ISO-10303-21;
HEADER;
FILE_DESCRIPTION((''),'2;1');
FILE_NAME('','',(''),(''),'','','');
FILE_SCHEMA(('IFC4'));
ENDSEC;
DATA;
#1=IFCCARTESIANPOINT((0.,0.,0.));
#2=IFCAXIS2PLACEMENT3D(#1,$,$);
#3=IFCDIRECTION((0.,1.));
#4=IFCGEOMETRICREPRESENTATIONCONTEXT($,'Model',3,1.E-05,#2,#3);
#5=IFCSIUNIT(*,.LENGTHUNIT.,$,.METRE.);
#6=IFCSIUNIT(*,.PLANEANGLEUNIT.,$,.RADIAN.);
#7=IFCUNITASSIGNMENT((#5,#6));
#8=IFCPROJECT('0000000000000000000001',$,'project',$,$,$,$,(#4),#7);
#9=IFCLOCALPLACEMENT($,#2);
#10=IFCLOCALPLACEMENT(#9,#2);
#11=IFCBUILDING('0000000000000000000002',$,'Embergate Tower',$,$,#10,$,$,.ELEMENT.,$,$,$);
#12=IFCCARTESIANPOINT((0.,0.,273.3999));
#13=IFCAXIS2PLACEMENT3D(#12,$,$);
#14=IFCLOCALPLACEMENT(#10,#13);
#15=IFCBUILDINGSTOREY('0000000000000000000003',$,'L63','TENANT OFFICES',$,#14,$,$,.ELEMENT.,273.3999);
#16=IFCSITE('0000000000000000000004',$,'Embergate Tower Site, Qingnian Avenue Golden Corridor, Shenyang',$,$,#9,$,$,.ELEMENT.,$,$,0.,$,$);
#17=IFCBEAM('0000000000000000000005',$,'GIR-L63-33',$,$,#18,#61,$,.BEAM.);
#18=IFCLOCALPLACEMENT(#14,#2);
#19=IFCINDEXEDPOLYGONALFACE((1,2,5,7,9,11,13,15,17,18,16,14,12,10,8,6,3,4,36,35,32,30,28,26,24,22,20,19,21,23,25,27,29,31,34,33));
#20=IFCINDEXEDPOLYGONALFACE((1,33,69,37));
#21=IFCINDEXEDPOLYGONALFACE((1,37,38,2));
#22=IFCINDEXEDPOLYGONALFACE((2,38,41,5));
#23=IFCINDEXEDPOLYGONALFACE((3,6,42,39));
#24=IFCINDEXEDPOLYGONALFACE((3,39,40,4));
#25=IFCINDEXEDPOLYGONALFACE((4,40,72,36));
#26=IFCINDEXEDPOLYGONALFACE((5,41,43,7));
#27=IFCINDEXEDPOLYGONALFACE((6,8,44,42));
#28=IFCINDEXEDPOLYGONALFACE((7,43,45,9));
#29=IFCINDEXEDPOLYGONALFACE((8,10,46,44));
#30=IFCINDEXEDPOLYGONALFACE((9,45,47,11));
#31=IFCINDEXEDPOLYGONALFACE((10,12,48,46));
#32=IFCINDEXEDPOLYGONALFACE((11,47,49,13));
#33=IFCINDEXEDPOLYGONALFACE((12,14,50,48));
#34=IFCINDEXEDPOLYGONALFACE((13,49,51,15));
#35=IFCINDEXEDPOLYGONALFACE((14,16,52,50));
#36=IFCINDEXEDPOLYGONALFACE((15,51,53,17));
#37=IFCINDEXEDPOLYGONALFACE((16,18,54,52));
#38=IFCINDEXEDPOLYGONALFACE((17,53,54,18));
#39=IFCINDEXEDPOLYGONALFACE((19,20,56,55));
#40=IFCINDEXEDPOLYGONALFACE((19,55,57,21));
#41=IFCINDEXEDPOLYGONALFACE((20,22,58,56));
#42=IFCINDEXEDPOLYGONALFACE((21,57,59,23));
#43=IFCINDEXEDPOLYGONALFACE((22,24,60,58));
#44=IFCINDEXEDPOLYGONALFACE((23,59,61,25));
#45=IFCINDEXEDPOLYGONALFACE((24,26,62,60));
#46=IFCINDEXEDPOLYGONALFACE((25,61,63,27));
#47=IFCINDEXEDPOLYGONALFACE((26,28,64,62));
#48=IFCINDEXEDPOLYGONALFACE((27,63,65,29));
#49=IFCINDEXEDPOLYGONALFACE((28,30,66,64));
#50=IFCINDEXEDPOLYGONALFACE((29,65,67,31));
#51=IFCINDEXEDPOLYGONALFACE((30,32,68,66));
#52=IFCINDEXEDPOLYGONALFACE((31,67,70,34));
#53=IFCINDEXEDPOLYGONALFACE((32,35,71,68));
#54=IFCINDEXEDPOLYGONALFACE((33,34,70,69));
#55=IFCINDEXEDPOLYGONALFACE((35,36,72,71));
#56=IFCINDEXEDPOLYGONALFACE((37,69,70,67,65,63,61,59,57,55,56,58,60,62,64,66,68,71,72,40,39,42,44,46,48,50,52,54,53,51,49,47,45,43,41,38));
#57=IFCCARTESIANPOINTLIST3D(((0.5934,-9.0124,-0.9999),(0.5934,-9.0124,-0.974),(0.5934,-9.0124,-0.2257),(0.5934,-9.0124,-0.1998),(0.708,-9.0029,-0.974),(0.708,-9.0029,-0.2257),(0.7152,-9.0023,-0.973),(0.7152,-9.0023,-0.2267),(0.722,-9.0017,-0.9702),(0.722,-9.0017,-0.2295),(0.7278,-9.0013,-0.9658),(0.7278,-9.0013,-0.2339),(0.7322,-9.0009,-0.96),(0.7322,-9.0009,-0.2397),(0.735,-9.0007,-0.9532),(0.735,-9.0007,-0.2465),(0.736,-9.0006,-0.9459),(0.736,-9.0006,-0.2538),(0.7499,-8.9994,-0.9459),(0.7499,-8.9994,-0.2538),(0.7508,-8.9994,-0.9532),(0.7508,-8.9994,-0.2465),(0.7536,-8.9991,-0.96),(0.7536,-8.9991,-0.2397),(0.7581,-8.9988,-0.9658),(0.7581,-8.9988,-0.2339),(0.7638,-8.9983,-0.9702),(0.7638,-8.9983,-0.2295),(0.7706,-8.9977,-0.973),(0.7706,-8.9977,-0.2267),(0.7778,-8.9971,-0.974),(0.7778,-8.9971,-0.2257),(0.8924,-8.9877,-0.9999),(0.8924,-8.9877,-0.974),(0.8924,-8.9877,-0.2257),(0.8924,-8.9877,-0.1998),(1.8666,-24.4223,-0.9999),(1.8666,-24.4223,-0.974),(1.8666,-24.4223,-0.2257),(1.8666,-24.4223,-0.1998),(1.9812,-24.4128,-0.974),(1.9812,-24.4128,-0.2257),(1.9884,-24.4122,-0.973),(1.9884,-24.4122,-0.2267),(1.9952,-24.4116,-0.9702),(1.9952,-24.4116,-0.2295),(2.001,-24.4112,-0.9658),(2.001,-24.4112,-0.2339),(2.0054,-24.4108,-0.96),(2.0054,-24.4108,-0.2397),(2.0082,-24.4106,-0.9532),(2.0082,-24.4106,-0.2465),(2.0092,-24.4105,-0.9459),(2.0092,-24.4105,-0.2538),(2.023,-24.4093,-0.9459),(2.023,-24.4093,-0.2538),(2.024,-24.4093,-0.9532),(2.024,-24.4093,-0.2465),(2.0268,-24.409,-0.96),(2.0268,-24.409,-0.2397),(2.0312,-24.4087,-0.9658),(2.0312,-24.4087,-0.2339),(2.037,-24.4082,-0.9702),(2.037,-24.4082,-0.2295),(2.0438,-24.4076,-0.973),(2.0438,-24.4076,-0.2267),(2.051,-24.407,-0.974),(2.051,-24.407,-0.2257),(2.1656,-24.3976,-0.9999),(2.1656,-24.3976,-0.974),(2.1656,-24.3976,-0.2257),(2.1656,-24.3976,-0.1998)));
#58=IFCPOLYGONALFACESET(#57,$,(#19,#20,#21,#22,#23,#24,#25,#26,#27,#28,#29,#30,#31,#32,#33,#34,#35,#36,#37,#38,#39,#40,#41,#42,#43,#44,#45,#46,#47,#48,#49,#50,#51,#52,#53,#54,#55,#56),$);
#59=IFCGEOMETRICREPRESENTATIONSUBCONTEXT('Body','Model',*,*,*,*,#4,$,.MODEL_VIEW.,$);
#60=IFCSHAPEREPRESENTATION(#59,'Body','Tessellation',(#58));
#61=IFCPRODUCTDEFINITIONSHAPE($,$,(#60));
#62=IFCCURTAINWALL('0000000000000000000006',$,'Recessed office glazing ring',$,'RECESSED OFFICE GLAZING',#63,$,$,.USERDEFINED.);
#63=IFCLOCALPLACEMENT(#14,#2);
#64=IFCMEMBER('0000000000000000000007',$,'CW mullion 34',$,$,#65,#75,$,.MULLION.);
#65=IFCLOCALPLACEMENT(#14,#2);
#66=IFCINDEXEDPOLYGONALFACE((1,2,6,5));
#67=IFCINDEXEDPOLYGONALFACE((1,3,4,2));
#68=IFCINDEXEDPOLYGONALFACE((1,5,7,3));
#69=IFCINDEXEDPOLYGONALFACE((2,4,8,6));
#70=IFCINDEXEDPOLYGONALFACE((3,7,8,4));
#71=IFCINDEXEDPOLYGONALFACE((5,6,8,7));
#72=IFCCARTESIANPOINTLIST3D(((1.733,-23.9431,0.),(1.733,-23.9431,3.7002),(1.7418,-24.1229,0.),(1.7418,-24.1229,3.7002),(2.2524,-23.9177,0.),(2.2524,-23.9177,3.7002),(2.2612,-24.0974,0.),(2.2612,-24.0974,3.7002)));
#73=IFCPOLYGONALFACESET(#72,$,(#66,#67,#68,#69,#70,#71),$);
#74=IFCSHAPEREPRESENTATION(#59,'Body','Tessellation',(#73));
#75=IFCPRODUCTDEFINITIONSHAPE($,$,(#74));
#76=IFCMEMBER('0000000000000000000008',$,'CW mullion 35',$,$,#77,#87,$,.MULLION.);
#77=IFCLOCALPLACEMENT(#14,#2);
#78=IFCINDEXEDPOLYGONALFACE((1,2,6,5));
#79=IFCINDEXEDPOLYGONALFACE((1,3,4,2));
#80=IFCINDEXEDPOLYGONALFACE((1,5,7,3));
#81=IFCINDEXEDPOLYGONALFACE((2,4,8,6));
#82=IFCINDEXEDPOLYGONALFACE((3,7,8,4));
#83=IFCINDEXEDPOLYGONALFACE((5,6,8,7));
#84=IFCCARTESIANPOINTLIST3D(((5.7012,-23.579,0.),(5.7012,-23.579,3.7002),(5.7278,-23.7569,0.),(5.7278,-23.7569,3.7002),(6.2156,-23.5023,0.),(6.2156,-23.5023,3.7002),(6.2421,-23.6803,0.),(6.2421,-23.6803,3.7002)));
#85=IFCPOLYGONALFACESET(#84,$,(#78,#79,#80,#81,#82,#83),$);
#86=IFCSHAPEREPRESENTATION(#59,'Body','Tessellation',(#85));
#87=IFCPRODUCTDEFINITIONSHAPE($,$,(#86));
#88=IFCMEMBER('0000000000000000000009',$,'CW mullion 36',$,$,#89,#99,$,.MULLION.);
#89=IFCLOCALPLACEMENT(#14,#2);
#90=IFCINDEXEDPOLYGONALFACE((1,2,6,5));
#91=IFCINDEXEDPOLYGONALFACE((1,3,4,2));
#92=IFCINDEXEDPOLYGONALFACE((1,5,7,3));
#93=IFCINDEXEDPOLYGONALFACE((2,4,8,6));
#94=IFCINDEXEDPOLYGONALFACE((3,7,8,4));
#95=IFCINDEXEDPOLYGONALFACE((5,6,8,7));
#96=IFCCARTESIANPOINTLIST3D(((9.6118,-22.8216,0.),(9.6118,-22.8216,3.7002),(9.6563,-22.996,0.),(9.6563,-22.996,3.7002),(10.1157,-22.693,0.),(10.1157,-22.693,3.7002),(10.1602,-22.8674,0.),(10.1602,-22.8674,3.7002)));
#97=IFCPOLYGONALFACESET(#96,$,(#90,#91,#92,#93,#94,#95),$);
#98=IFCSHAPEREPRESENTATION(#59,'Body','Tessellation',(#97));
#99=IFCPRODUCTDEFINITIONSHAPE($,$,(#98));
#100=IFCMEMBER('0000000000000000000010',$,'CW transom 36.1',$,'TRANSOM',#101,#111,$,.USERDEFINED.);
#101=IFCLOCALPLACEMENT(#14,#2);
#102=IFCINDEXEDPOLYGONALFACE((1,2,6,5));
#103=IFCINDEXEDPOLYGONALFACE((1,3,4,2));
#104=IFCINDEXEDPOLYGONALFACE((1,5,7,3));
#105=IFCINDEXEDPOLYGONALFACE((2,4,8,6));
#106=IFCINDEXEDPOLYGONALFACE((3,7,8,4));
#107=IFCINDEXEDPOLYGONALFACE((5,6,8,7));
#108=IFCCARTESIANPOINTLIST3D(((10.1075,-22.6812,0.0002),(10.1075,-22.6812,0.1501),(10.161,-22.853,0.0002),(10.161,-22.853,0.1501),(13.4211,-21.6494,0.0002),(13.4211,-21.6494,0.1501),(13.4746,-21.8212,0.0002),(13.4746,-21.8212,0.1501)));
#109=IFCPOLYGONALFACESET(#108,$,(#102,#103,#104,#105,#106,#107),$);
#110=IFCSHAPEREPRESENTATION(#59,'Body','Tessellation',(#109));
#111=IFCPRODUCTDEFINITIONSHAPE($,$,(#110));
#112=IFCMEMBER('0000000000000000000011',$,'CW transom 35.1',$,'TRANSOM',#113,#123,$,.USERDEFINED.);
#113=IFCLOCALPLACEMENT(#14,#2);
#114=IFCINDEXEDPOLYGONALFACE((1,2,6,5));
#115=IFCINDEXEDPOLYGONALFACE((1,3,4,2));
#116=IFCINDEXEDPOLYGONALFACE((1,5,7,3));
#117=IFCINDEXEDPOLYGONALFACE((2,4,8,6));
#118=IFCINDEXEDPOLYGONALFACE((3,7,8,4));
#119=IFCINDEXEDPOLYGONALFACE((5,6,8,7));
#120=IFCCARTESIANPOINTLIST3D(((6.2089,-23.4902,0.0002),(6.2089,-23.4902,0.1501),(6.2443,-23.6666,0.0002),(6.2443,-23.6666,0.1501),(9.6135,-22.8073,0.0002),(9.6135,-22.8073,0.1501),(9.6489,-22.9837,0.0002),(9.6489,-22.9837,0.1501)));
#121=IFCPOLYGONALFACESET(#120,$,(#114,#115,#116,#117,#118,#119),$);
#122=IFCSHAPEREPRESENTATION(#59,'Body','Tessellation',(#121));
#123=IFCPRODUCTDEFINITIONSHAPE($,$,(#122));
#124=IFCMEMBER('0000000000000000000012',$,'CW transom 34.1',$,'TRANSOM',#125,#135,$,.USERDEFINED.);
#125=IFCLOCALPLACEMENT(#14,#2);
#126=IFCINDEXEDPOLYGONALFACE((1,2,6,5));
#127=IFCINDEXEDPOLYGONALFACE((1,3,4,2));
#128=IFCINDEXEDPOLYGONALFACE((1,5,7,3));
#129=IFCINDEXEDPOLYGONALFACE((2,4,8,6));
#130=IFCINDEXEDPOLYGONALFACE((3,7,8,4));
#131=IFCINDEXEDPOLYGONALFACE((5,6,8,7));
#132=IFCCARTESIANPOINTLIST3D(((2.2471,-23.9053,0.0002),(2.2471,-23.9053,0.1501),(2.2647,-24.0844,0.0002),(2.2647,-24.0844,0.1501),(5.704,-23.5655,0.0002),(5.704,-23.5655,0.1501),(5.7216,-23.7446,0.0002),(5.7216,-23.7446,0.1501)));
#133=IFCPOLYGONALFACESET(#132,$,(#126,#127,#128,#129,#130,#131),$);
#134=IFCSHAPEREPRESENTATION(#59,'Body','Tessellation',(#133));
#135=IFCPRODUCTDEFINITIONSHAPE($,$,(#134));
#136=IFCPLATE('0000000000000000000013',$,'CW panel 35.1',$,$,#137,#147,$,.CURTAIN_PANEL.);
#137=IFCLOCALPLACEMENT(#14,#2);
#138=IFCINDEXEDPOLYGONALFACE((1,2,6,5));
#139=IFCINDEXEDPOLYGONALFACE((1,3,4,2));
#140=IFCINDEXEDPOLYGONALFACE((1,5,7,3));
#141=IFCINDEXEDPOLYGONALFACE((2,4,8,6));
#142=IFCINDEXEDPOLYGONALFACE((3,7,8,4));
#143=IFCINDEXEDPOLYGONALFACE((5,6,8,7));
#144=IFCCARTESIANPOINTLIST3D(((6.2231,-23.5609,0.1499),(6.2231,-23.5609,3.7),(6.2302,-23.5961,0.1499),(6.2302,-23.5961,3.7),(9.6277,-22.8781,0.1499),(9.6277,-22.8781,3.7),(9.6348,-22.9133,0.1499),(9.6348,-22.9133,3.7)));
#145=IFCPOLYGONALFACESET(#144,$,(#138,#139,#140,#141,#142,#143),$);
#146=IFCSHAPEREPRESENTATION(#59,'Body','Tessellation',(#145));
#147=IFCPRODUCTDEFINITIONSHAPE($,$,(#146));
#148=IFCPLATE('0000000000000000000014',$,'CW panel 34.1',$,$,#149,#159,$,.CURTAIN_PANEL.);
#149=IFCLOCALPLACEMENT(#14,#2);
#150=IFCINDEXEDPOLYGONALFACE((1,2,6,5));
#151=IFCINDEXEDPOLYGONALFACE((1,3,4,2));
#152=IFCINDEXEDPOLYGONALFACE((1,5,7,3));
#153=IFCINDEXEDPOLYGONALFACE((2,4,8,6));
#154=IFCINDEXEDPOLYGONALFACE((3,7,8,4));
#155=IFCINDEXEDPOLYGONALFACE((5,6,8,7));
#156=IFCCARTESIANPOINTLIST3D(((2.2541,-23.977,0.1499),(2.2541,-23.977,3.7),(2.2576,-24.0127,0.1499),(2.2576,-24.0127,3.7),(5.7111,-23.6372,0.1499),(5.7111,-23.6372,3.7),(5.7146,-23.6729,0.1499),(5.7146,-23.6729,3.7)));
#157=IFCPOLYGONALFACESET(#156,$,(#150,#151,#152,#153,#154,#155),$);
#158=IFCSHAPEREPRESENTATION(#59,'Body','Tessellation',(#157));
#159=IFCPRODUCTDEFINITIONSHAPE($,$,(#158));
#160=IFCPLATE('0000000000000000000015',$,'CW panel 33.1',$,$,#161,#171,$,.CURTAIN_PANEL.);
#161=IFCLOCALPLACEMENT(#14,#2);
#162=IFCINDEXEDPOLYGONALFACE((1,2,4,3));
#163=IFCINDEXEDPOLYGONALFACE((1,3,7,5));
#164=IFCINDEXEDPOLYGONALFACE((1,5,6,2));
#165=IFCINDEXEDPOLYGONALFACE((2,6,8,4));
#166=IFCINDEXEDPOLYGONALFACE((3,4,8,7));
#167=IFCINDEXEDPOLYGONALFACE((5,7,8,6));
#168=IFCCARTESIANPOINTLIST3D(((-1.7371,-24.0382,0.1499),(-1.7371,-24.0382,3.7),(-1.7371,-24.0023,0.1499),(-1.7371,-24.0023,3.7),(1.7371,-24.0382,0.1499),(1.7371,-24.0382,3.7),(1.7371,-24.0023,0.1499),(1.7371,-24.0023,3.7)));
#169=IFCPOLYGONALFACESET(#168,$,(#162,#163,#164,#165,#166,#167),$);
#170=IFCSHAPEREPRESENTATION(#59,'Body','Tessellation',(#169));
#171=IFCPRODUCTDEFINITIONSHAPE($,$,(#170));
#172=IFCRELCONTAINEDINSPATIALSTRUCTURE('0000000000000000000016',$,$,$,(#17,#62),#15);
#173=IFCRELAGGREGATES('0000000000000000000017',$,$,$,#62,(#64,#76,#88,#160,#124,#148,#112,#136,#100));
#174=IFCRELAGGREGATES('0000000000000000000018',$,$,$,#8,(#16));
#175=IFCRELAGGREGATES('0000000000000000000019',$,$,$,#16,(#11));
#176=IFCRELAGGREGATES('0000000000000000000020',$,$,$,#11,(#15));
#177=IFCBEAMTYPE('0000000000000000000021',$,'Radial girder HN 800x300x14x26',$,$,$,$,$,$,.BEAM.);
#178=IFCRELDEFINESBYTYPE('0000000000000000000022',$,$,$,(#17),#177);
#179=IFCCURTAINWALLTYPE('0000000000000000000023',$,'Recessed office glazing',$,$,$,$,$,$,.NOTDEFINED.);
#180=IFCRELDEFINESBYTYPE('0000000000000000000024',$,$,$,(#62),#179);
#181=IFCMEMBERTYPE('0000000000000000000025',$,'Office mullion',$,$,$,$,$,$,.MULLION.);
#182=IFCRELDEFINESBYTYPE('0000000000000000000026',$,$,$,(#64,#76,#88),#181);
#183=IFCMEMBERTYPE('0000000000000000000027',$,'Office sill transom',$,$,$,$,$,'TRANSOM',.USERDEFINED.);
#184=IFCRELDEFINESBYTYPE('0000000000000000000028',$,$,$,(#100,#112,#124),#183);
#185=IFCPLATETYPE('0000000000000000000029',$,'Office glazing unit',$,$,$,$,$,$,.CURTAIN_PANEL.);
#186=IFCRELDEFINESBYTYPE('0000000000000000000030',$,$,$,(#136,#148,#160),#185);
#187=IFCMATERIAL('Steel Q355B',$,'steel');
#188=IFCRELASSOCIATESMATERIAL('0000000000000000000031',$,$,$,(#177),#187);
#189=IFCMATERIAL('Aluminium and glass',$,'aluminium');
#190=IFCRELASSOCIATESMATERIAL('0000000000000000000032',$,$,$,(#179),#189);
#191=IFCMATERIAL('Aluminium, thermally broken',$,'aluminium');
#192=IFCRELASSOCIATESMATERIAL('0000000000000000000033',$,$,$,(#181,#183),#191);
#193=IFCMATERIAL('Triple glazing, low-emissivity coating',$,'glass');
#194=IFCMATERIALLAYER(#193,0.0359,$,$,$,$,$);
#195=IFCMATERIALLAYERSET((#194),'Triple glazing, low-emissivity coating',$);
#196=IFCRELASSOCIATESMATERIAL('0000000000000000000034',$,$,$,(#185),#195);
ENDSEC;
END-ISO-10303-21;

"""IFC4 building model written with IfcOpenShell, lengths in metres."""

from ifc_helpers import new_model, si_unit, direction, frame, origin, origin_2d, place, context, subcontext, project, spatial, rectangle, i_section, extrude, source, transform, mapped, material, layer, layer_set, material_profile, profile_set, type_object, element, aggregate, save


model = new_model("IFC4")

# Units and contexts
model_context = context("Model", 3, precision=1e-05, world=origin(), true_north=direction((0.0, 1.0)))
body_context = subcontext(model_context, "Body", "Model", "MODEL_VIEW")
ifc_project = project(units=[si_unit("LENGTHUNIT", "METRE"), si_unit("PLANEANGLEUNIT", "RADIAN")], contexts=[model_context])

# Site, building, storey
site_placement = place(None, origin())
site = spatial("IfcSite", under=ifc_project, at=site_placement, Name="Embergate Tower Site, Qingnian Avenue Golden Corridor, Shenyang", CompositionType="ELEMENT", RefElevation=0.0)
building_placement = place(site_placement, origin())
building = spatial("IfcBuilding", under=site, at=building_placement, Name="Embergate Tower", CompositionType="ELEMENT")
storey_placement = place(building_placement, frame((0.0, 0.0, 273.3999)))
storey = spatial("IfcBuildingStorey", under=building, at=storey_placement, Name="L63", Description="TENANT OFFICES", CompositionType="ELEMENT", Elevation=273.3999)

# Beam
ifc_material_1 = material(Name="Steel Q355B", Category="steel")
ifc_material_profile_1 = material_profile(ifc_material_1, i_section(OverallWidth=0.3, OverallDepth=0.8, WebThickness=0.0139, FlangeThickness=0.0259, FilletRadius=0.0281, at=origin_2d()), Name="HN 800x300x14x26")
ifc_profile_set_1 = profile_set([ifc_material_profile_1], Name="Steel Q355 grade B")
beam_type_1 = type_object("IfcBeamType", Name="Radial girder HN 800x300x14x26", PredefinedType="BEAM", material=ifc_profile_set_1)
shared_shape_1 = source(origin(), body_context, "Body", "SweptSolid", [
    extrude(i_section(OverallWidth=0.3, OverallDepth=0.8, WebThickness=0.0139, FlangeThickness=0.0259, FilletRadius=0.0281, at=origin_2d()), origin(), (0.0, 0.0, 1.0), 15.4624),
])
beam_1_placement = place(storey_placement, frame((2.0161, -24.4099, -0.5999), z_axis=(-0.082341, 0.996604, 0.0), x_axis=(-0.996604, -0.082341, 0.0)))
element("IfcBeam", 1, at=beam_1_placement, inside=storey, type_object=beam_type_1, Name="GIR-L63-33", PredefinedType="BEAM", context=body_context, shape_type="MappedRepresentation", body=[
    mapped(shared_shape_1, transform((0.0, 0.0, 0.0))),
])

# Curtain wall, members
ifc_material_2 = material(Name="Aluminium and glass", Category="aluminium")
curtain_wall_type = type_object("IfcCurtainWallType", Name="Recessed office glazing", PredefinedType="NOTDEFINED", material=ifc_material_2)
curtain_wall_placement = place(storey_placement, origin())
curtain_wall = element("IfcCurtainWall", 2, at=curtain_wall_placement, inside=storey, type_object=curtain_wall_type, Name="Recessed office glazing ring", ObjectType="RECESSED OFFICE GLAZING", PredefinedType="USERDEFINED")
ifc_material_3 = material(Name="Aluminium, thermally broken", Category="aluminium")
ifc_material_profile_2 = material_profile(ifc_material_3, rectangle(XDim=0.1799, YDim=0.52, at=origin_2d()), Name="AL 520x180")
ifc_profile_set_2 = profile_set([ifc_material_profile_2], Name="Aluminium, thermally broken")
member_type_1 = type_object("IfcMemberType", Name="Office mullion", PredefinedType="MULLION", material=ifc_profile_set_2)
shared_shape_2 = source(origin(), body_context, "Body", "SweptSolid", [
    extrude(rectangle(XDim=0.1799, YDim=0.52, at=origin_2d()), origin(), (0.0, 0.0, 1.0), 3.7002),
])
member_1_placement = place(storey_placement, frame((1.9971, -24.0203, 0.0), z_axis=(0.0, 0.0, 1.0), x_axis=(-0.04897, 0.9988, 0.0)))
member_1 = element("IfcMember", 3, at=member_1_placement, type_object=member_type_1, Name="CW mullion 34", PredefinedType="MULLION", context=body_context, shape_type="MappedRepresentation", body=[
    mapped(shared_shape_2, transform((0.0, 0.0, 0.0))),
])
member_2_placement = place(storey_placement, frame((5.9717, -23.6296, 0.0), z_axis=(0.0, 0.0, 1.0), x_axis=(-0.147409, 0.989076, 0.0)))
member_2 = element("IfcMember", 4, at=member_2_placement, type_object=member_type_1, Name="CW mullion 35", PredefinedType="MULLION", context=body_context, shape_type="MappedRepresentation", body=[
    mapped(shared_shape_2, transform((0.0, 0.0, 0.0))),
])
member_3_placement = place(storey_placement, frame((9.886, -22.8445, 0.0), z_axis=(0.0, 0.0, 1.0), x_axis=(-0.247307, 0.968937, 0.0)))
member_3 = element("IfcMember", 5, at=member_3_placement, type_object=member_type_1, Name="CW mullion 36", PredefinedType="MULLION", context=body_context, shape_type="MappedRepresentation", body=[
    mapped(shared_shape_2, transform((0.0, 0.0, 0.0))),
])
ifc_material_profile_3 = material_profile(ifc_material_3, rectangle(XDim=0.1799, YDim=0.1499, at=origin_2d()), Name="AL 150x180")
ifc_profile_set_3 = profile_set([ifc_material_profile_3], Name="Aluminium, thermally broken")
member_type_2 = type_object("IfcMemberType", Name="Office sill transom", ElementType="TRANSOM", PredefinedType="USERDEFINED", material=ifc_profile_set_3)
shared_shape_3 = source(origin(), body_context, "Body", "SweptSolid", [
    extrude(rectangle(XDim=0.1799, YDim=0.1499, at=origin_2d()), origin(), (0.0, 0.0, 1.0), 3.4705),
])
member_4_placement = place(storey_placement, frame((10.1343, -22.7671, 0.0752), z_axis=(0.954785, 0.297297, 0.0), x_axis=(-0.297297, 0.954785, 0.0)))
member_4 = element("IfcMember", 6, at=member_4_placement, type_object=member_type_2, Name="CW transom 36.1", ObjectType="TRANSOM", PredefinedType="USERDEFINED", context=body_context, shape_type="MappedRepresentation", body=[
    mapped(shared_shape_3, transform((0.0, 0.0, 0.0))),
])
shared_shape_4 = source(origin(), body_context, "Body", "SweptSolid", [
    extrude(rectangle(XDim=0.1799, YDim=0.1499, at=origin_2d()), origin(), (0.0, 0.0, 1.0), 3.4724),
])
member_5_placement = place(storey_placement, frame((6.2266, -23.5784, 0.0752), z_axis=(0.980472, 0.196657, 0.0), x_axis=(-0.196657, 0.980472, 0.0)))
member_5 = element("IfcMember", 7, at=member_5_placement, type_object=member_type_2, Name="CW transom 35.1", ObjectType="TRANSOM", PredefinedType="USERDEFINED", context=body_context, shape_type="MappedRepresentation", body=[
    mapped(shared_shape_4, transform((0.0, 0.0, 0.0))),
])
shared_shape_5 = source(origin(), body_context, "Body", "SweptSolid", [
    extrude(rectangle(XDim=0.1799, YDim=0.1499, at=origin_2d()), origin(), (0.0, 0.0, 1.0), 3.4736),
])
member_6_placement = place(storey_placement, frame((2.2559, -23.9949, 0.0752), z_axis=(0.995203, 0.097833, 0.0), x_axis=(-0.097833, 0.995203, 0.0)))
member_6 = element("IfcMember", 8, at=member_6_placement, type_object=member_type_2, Name="CW transom 34.1", ObjectType="TRANSOM", PredefinedType="USERDEFINED", context=body_context, shape_type="MappedRepresentation", body=[
    mapped(shared_shape_5, transform((0.0, 0.0, 0.0))),
])

# Plates
ifc_material_4 = material(Name="Triple glazing, low-emissivity coating", Category="glass")
ifc_layer_1 = layer(ifc_material_4, 0.0359)
ifc_layer_set_1 = layer_set([ifc_layer_1], Name="Triple glazing, low-emissivity coating")
plate_type = type_object("IfcPlateType", Name="Office glazing unit", PredefinedType="CURTAIN_PANEL", material=ifc_layer_set_1)
shared_shape_6 = source(origin(), body_context, "Body", "SweptSolid", [
    extrude(rectangle(XDim=3.4724, YDim=0.0359, at=origin_2d()), origin(), (0.0, 0.0, 1.0), 3.55),
])
plate_1_placement = place(storey_placement, frame((7.929, -23.2371, 0.1499), z_axis=(0.0, 0.0, 1.0), x_axis=(0.980476, 0.196638, 0.0)))
plate_1 = element("IfcPlate", 9, at=plate_1_placement, type_object=plate_type, Name="CW panel 35.1", PredefinedType="CURTAIN_PANEL", context=body_context, shape_type="MappedRepresentation", body=[
    mapped(shared_shape_6, transform((0.0, 0.0, 0.0))),
])
shared_shape_7 = source(origin(), body_context, "Body", "SweptSolid", [
    extrude(rectangle(XDim=3.4736, YDim=0.0359, at=origin_2d()), origin(), (0.0, 0.0, 1.0), 3.55),
])
plate_2_placement = place(storey_placement, frame((3.9844, -23.825, 0.1499), z_axis=(0.0, 0.0, 1.0), x_axis=(0.995203, 0.097828, 0.0)))
plate_2 = element("IfcPlate", 10, at=plate_2_placement, type_object=plate_type, Name="CW panel 34.1", PredefinedType="CURTAIN_PANEL", context=body_context, shape_type="MappedRepresentation", body=[
    mapped(shared_shape_7, transform((0.0, 0.0, 0.0))),
])
shared_shape_8 = source(origin(), body_context, "Body", "SweptSolid", [
    extrude(rectangle(XDim=3.4741, YDim=0.0359, at=origin_2d()), origin(), (0.0, 0.0, 1.0), 3.55),
])
plate_3_placement = place(storey_placement, frame((0.0, -24.0203, 0.1499), z_axis=(0.0, 0.0, 1.0), x_axis=(1.0, 0.0, 0.0)))
plate_3 = element("IfcPlate", 11, at=plate_3_placement, type_object=plate_type, Name="CW panel 33.1", PredefinedType="CURTAIN_PANEL", context=body_context, shape_type="MappedRepresentation", body=[
    mapped(shared_shape_8, transform((0.0, 0.0, 0.0))),
])
aggregate(curtain_wall, [member_1, member_2, member_3, plate_3, member_6, plate_2, member_5, plate_1, member_4])

save(model, "model.ifc")
